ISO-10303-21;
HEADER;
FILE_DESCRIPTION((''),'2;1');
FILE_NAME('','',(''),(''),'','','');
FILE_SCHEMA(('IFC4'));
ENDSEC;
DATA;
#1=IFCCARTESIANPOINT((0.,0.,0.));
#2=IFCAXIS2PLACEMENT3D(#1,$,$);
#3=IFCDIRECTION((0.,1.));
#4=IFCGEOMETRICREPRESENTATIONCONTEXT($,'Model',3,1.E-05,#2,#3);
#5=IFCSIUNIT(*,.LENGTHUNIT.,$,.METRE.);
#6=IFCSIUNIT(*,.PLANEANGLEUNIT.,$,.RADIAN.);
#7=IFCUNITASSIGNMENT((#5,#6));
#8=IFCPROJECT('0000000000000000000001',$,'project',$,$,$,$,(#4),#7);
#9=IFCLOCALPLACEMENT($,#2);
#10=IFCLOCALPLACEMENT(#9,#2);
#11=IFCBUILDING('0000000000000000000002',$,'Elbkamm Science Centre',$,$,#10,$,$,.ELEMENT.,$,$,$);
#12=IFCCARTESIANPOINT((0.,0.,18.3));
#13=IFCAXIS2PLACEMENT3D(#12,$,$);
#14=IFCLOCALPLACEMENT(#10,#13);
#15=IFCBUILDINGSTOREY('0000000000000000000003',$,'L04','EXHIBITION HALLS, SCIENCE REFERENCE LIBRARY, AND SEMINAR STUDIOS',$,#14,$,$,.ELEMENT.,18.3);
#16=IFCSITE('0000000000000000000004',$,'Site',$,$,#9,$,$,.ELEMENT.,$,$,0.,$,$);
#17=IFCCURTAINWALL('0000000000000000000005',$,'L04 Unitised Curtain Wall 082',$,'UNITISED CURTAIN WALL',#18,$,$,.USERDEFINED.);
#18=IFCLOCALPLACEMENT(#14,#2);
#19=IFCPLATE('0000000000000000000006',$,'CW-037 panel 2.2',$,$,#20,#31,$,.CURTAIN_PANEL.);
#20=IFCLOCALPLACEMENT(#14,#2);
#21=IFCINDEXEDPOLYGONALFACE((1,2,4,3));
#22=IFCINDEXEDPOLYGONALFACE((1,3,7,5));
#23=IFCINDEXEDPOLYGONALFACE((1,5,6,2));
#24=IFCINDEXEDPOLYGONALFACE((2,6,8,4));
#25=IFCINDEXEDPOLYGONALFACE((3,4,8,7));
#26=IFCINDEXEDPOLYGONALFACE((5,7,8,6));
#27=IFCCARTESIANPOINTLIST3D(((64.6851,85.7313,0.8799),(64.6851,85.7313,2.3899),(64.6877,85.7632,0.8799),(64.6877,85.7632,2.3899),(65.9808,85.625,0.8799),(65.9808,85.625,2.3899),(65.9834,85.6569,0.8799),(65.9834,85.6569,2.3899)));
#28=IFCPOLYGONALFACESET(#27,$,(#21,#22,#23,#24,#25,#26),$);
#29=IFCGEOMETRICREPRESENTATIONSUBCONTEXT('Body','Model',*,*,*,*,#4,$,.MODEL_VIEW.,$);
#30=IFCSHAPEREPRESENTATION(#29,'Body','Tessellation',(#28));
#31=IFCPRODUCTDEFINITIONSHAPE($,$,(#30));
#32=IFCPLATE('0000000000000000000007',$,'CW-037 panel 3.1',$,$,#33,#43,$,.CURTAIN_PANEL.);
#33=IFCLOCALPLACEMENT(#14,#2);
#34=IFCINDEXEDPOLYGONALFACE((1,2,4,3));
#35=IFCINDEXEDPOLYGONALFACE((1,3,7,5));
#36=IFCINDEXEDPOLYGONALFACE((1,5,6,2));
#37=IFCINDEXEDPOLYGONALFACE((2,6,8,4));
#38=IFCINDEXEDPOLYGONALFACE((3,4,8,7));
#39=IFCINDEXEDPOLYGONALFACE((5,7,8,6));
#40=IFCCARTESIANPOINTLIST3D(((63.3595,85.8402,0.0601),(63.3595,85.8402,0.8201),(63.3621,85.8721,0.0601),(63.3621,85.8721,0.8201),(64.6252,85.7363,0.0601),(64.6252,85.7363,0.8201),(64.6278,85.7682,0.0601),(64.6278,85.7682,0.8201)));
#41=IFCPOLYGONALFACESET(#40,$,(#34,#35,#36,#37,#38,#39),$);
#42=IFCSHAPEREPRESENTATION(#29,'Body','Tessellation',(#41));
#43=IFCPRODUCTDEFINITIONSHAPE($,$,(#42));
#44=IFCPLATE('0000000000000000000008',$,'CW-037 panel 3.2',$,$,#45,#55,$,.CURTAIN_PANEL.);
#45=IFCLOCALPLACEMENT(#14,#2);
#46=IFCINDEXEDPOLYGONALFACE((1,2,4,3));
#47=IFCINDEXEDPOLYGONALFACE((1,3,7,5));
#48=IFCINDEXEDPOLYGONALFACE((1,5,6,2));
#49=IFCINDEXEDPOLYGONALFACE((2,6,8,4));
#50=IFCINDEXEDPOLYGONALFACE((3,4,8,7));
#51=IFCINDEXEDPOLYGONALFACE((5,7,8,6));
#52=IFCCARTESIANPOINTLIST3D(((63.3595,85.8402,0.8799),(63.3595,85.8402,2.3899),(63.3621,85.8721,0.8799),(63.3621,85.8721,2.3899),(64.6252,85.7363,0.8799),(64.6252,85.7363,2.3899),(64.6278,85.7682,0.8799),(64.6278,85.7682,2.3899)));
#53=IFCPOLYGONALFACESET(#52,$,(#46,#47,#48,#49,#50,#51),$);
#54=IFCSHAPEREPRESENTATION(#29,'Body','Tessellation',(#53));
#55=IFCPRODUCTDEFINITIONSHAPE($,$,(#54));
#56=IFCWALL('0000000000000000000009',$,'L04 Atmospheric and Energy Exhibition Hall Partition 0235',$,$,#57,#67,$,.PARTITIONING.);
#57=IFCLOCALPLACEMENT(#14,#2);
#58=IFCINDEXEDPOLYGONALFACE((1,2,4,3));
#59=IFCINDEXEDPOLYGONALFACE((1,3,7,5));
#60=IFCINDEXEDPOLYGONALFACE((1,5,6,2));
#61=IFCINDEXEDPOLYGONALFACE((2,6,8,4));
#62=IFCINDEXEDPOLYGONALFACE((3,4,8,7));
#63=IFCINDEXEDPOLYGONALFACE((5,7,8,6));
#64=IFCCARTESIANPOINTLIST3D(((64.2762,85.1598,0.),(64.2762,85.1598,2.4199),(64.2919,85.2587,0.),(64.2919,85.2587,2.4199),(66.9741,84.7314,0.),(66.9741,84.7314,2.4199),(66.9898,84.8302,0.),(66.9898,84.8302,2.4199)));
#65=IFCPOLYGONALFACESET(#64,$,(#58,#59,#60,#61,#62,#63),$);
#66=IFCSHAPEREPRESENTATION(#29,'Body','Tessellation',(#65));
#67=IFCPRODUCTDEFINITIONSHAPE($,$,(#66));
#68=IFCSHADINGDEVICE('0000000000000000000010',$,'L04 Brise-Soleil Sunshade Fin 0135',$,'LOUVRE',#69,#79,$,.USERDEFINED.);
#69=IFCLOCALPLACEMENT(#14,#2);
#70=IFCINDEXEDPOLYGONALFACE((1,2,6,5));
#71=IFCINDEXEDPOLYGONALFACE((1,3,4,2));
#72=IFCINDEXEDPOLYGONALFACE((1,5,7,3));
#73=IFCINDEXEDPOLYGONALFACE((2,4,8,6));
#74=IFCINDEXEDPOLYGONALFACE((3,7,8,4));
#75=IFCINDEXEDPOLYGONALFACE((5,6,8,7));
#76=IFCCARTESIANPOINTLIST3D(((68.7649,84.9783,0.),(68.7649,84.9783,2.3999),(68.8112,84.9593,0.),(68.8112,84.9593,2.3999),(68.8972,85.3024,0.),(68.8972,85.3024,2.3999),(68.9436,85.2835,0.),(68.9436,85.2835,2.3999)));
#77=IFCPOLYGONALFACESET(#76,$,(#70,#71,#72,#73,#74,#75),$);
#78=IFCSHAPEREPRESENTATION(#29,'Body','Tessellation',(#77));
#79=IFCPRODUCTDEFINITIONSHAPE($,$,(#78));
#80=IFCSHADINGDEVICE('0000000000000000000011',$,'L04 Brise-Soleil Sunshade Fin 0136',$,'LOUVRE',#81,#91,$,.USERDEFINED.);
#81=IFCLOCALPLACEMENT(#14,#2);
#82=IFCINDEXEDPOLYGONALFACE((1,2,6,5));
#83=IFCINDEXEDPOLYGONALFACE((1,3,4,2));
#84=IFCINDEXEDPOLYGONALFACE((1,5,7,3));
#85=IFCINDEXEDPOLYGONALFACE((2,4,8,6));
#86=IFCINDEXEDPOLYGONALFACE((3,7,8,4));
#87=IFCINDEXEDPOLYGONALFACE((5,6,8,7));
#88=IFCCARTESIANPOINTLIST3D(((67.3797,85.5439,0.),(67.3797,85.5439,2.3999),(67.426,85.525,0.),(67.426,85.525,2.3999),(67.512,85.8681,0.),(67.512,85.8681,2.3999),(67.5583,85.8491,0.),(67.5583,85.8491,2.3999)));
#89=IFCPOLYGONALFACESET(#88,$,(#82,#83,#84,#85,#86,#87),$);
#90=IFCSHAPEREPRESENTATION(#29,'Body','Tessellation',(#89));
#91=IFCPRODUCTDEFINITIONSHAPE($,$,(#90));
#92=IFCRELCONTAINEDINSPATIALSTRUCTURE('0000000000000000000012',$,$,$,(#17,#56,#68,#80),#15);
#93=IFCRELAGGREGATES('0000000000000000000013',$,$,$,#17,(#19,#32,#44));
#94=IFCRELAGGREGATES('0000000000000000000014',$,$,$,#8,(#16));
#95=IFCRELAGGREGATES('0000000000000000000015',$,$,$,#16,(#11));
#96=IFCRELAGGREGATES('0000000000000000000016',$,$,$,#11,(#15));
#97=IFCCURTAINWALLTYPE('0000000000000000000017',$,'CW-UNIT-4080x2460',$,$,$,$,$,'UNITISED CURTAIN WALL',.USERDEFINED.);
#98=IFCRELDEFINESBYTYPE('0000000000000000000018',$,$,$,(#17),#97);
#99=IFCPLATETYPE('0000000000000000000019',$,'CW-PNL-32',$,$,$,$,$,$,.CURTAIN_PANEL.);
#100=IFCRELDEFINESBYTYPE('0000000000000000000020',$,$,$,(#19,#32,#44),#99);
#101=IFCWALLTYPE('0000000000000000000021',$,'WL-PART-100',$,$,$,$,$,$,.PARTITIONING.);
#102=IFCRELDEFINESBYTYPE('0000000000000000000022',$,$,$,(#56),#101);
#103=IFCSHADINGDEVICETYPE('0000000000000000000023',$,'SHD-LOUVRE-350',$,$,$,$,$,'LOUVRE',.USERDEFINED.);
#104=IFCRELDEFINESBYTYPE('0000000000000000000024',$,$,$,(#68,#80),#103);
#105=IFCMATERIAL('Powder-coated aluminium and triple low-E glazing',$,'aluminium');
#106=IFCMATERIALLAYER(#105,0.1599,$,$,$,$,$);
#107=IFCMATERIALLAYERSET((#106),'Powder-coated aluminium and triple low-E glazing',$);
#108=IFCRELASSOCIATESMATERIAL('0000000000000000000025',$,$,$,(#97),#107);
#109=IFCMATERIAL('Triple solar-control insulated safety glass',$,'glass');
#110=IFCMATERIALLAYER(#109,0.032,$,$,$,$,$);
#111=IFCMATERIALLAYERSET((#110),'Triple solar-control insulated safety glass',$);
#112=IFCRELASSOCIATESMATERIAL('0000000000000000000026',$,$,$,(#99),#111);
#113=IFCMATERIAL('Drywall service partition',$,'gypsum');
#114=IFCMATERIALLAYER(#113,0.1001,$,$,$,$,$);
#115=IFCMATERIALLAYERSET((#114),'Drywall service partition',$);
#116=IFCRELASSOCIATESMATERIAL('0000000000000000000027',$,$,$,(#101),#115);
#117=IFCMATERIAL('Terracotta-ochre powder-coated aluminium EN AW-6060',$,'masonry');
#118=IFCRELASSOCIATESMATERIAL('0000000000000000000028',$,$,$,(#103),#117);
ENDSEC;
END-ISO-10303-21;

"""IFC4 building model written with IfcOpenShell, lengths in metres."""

from ifc_helpers import new_model, si_unit, direction, frame, frame_2d, origin, origin_2d, place, context, subcontext, project, spatial, rectangle, extrude, material, layer, layer_set, type_object, element, aggregate, save


model = new_model("IFC4")

# Units and contexts
model_context = context("Model", 3, precision=1e-05, world=origin(), true_north=direction((0.0, 1.0)))
body_context = subcontext(model_context, "Body", "Model", "MODEL_VIEW")
ifc_project = project(units=[si_unit("LENGTHUNIT", "METRE"), si_unit("PLANEANGLEUNIT", "RADIAN")], contexts=[model_context])

# Site, building, storey
site_placement = place(None, origin())
site = spatial("IfcSite", under=ifc_project, at=site_placement, Name="Site", CompositionType="ELEMENT", RefElevation=0.0)
building_placement = place(site_placement, origin())
building = spatial("IfcBuilding", under=site, at=building_placement, Name="Elbkamm Science Centre", CompositionType="ELEMENT")
storey_placement = place(building_placement, frame((0.0, 0.0, 18.3)))
storey = spatial("IfcBuildingStorey", under=building, at=storey_placement, Name="L04", Description="EXHIBITION HALLS, SCIENCE REFERENCE LIBRARY, AND SEMINAR STUDIOS", CompositionType="ELEMENT", Elevation=18.3)

# Shared definitions
ifc_material_1 = material(Name="Powder-coated aluminium and triple low-E glazing", Category="aluminium")

# Curtain wall
ifc_layer_1 = layer(ifc_material_1, 0.1599)
ifc_layer_set_1 = layer_set([ifc_layer_1], Name="Powder-coated aluminium and triple low-E glazing")
curtain_wall_type_1 = type_object("IfcCurtainWallType", Name="CW-UNIT-4080x2460", ElementType="UNITISED CURTAIN WALL", PredefinedType="USERDEFINED", material=ifc_layer_set_1)
curtain_wall_1_placement = place(storey_placement, origin())
curtain_wall_1 = element("IfcCurtainWall", 1, at=curtain_wall_1_placement, inside=storey, type_object=curtain_wall_type_1, Name="L04 Unitised Curtain Wall 082", ObjectType="UNITISED CURTAIN WALL", PredefinedType="USERDEFINED")

# Plates
ifc_material_2 = material(Name="Triple solar-control insulated safety glass", Category="glass")
ifc_layer_2 = layer(ifc_material_2, 0.032)
ifc_layer_set_2 = layer_set([ifc_layer_2], Name="Triple solar-control insulated safety glass")
plate_type = type_object("IfcPlateType", Name="CW-PNL-32", PredefinedType="CURTAIN_PANEL", material=ifc_layer_set_2)
plate_1_placement = place(storey_placement, frame((65.3342, 85.6941, 0.8799), z_axis=(0.0, 0.0, 1.0), x_axis=(-0.996648, 0.081806, 0.0)))
plate_1 = element("IfcPlate", 2, at=plate_1_placement, type_object=plate_type, Name="CW-037 panel 2.2", PredefinedType="CURTAIN_PANEL", context=body_context, shape_type="SweptSolid", body=[
    extrude(rectangle(XDim=1.3, YDim=0.032, at=origin_2d()), origin(), (0.0, 0.0, 1.0), 1.51),
])
plate_2_placement = place(storey_placement, frame((63.9937, 85.8042, 0.0601), z_axis=(0.0, 0.0, 1.0), x_axis=(-0.996648, 0.081806, 0.0)))
plate_2 = element("IfcPlate", 3, at=plate_2_placement, type_object=plate_type, Name="CW-037 panel 3.1", PredefinedType="CURTAIN_PANEL", context=body_context, shape_type="SweptSolid", body=[
    extrude(rectangle(XDim=1.27, YDim=0.032, at=origin_2d()), origin(), (0.0, 0.0, 1.0), 0.76),
])
plate_3_placement = place(storey_placement, frame((63.9937, 85.8042, 0.8799), z_axis=(0.0, 0.0, 1.0), x_axis=(-0.996648, 0.081806, 0.0)))
plate_3 = element("IfcPlate", 4, at=plate_3_placement, type_object=plate_type, Name="CW-037 panel 3.2", PredefinedType="CURTAIN_PANEL", context=body_context, shape_type="SweptSolid", body=[
    extrude(rectangle(XDim=1.27, YDim=0.032, at=origin_2d()), origin(), (0.0, 0.0, 1.0), 1.51),
])
aggregate(curtain_wall_1, [plate_1, plate_2, plate_3])

# Wall
ifc_material_3 = material(Name="Drywall service partition", Category="gypsum")
ifc_layer_3 = layer(ifc_material_3, 0.1001)
ifc_layer_set_3 = layer_set([ifc_layer_3], Name="Drywall service partition")
wall_type = type_object("IfcWallType", Name="WL-PART-100", PredefinedType="PARTITIONING", material=ifc_layer_set_3)
wall_placement = place(storey_placement, frame((64.2842, 85.2092, 0.0), z_axis=(0.0, 0.0, 1.0), x_axis=(0.987623, -0.156844, 0.0)))
element("IfcWall", 5, at=wall_placement, inside=storey, type_object=wall_type, Name="L04 Atmospheric and Energy Exhibition Hall Partition 0235", PredefinedType="PARTITIONING", context=body_context, shape_type="SweptSolid", body=[
    extrude(rectangle(XDim=2.7317, YDim=0.1001, at=frame_2d((1.3657, 0.0))), origin(), (0.0, 0.0, 1.0), 2.4199),
])

# Shading devices
ifc_material_4 = material(Name="Terracotta-ochre powder-coated aluminium EN AW-6060", Category="masonry")
shading_device_type = type_object("IfcShadingDeviceType", Name="SHD-LOUVRE-350", ElementType="LOUVRE", PredefinedType="USERDEFINED", material=ifc_material_4)
for number, where, z_axis, x_axis, name in (
    (6, (68.8542, 85.1309, 0.0), (0.0, 0.0, 1.0), (0.378001, 0.925805, 0.0), "L04 Brise-Soleil Sunshade Fin 0135"),
    (7, (67.469, 85.6965, 0.0), (0.0, 0.0, 1.0), (0.378001, 0.925805, 0.0), "L04 Brise-Soleil Sunshade Fin 0136"),
):
    element("IfcShadingDevice", number, at=place(storey_placement, frame(where, z_axis=z_axis, x_axis=x_axis)), inside=storey, type_object=shading_device_type, Name=name, ObjectType="LOUVRE", PredefinedType="USERDEFINED", context=body_context, shape_type="SweptSolid", body=[
        extrude(rectangle(XDim=0.3501, YDim=0.05, at=origin_2d()), origin(), (0.0, 0.0, 1.0), 2.3999),
    ])

save(model, "model.ifc")
